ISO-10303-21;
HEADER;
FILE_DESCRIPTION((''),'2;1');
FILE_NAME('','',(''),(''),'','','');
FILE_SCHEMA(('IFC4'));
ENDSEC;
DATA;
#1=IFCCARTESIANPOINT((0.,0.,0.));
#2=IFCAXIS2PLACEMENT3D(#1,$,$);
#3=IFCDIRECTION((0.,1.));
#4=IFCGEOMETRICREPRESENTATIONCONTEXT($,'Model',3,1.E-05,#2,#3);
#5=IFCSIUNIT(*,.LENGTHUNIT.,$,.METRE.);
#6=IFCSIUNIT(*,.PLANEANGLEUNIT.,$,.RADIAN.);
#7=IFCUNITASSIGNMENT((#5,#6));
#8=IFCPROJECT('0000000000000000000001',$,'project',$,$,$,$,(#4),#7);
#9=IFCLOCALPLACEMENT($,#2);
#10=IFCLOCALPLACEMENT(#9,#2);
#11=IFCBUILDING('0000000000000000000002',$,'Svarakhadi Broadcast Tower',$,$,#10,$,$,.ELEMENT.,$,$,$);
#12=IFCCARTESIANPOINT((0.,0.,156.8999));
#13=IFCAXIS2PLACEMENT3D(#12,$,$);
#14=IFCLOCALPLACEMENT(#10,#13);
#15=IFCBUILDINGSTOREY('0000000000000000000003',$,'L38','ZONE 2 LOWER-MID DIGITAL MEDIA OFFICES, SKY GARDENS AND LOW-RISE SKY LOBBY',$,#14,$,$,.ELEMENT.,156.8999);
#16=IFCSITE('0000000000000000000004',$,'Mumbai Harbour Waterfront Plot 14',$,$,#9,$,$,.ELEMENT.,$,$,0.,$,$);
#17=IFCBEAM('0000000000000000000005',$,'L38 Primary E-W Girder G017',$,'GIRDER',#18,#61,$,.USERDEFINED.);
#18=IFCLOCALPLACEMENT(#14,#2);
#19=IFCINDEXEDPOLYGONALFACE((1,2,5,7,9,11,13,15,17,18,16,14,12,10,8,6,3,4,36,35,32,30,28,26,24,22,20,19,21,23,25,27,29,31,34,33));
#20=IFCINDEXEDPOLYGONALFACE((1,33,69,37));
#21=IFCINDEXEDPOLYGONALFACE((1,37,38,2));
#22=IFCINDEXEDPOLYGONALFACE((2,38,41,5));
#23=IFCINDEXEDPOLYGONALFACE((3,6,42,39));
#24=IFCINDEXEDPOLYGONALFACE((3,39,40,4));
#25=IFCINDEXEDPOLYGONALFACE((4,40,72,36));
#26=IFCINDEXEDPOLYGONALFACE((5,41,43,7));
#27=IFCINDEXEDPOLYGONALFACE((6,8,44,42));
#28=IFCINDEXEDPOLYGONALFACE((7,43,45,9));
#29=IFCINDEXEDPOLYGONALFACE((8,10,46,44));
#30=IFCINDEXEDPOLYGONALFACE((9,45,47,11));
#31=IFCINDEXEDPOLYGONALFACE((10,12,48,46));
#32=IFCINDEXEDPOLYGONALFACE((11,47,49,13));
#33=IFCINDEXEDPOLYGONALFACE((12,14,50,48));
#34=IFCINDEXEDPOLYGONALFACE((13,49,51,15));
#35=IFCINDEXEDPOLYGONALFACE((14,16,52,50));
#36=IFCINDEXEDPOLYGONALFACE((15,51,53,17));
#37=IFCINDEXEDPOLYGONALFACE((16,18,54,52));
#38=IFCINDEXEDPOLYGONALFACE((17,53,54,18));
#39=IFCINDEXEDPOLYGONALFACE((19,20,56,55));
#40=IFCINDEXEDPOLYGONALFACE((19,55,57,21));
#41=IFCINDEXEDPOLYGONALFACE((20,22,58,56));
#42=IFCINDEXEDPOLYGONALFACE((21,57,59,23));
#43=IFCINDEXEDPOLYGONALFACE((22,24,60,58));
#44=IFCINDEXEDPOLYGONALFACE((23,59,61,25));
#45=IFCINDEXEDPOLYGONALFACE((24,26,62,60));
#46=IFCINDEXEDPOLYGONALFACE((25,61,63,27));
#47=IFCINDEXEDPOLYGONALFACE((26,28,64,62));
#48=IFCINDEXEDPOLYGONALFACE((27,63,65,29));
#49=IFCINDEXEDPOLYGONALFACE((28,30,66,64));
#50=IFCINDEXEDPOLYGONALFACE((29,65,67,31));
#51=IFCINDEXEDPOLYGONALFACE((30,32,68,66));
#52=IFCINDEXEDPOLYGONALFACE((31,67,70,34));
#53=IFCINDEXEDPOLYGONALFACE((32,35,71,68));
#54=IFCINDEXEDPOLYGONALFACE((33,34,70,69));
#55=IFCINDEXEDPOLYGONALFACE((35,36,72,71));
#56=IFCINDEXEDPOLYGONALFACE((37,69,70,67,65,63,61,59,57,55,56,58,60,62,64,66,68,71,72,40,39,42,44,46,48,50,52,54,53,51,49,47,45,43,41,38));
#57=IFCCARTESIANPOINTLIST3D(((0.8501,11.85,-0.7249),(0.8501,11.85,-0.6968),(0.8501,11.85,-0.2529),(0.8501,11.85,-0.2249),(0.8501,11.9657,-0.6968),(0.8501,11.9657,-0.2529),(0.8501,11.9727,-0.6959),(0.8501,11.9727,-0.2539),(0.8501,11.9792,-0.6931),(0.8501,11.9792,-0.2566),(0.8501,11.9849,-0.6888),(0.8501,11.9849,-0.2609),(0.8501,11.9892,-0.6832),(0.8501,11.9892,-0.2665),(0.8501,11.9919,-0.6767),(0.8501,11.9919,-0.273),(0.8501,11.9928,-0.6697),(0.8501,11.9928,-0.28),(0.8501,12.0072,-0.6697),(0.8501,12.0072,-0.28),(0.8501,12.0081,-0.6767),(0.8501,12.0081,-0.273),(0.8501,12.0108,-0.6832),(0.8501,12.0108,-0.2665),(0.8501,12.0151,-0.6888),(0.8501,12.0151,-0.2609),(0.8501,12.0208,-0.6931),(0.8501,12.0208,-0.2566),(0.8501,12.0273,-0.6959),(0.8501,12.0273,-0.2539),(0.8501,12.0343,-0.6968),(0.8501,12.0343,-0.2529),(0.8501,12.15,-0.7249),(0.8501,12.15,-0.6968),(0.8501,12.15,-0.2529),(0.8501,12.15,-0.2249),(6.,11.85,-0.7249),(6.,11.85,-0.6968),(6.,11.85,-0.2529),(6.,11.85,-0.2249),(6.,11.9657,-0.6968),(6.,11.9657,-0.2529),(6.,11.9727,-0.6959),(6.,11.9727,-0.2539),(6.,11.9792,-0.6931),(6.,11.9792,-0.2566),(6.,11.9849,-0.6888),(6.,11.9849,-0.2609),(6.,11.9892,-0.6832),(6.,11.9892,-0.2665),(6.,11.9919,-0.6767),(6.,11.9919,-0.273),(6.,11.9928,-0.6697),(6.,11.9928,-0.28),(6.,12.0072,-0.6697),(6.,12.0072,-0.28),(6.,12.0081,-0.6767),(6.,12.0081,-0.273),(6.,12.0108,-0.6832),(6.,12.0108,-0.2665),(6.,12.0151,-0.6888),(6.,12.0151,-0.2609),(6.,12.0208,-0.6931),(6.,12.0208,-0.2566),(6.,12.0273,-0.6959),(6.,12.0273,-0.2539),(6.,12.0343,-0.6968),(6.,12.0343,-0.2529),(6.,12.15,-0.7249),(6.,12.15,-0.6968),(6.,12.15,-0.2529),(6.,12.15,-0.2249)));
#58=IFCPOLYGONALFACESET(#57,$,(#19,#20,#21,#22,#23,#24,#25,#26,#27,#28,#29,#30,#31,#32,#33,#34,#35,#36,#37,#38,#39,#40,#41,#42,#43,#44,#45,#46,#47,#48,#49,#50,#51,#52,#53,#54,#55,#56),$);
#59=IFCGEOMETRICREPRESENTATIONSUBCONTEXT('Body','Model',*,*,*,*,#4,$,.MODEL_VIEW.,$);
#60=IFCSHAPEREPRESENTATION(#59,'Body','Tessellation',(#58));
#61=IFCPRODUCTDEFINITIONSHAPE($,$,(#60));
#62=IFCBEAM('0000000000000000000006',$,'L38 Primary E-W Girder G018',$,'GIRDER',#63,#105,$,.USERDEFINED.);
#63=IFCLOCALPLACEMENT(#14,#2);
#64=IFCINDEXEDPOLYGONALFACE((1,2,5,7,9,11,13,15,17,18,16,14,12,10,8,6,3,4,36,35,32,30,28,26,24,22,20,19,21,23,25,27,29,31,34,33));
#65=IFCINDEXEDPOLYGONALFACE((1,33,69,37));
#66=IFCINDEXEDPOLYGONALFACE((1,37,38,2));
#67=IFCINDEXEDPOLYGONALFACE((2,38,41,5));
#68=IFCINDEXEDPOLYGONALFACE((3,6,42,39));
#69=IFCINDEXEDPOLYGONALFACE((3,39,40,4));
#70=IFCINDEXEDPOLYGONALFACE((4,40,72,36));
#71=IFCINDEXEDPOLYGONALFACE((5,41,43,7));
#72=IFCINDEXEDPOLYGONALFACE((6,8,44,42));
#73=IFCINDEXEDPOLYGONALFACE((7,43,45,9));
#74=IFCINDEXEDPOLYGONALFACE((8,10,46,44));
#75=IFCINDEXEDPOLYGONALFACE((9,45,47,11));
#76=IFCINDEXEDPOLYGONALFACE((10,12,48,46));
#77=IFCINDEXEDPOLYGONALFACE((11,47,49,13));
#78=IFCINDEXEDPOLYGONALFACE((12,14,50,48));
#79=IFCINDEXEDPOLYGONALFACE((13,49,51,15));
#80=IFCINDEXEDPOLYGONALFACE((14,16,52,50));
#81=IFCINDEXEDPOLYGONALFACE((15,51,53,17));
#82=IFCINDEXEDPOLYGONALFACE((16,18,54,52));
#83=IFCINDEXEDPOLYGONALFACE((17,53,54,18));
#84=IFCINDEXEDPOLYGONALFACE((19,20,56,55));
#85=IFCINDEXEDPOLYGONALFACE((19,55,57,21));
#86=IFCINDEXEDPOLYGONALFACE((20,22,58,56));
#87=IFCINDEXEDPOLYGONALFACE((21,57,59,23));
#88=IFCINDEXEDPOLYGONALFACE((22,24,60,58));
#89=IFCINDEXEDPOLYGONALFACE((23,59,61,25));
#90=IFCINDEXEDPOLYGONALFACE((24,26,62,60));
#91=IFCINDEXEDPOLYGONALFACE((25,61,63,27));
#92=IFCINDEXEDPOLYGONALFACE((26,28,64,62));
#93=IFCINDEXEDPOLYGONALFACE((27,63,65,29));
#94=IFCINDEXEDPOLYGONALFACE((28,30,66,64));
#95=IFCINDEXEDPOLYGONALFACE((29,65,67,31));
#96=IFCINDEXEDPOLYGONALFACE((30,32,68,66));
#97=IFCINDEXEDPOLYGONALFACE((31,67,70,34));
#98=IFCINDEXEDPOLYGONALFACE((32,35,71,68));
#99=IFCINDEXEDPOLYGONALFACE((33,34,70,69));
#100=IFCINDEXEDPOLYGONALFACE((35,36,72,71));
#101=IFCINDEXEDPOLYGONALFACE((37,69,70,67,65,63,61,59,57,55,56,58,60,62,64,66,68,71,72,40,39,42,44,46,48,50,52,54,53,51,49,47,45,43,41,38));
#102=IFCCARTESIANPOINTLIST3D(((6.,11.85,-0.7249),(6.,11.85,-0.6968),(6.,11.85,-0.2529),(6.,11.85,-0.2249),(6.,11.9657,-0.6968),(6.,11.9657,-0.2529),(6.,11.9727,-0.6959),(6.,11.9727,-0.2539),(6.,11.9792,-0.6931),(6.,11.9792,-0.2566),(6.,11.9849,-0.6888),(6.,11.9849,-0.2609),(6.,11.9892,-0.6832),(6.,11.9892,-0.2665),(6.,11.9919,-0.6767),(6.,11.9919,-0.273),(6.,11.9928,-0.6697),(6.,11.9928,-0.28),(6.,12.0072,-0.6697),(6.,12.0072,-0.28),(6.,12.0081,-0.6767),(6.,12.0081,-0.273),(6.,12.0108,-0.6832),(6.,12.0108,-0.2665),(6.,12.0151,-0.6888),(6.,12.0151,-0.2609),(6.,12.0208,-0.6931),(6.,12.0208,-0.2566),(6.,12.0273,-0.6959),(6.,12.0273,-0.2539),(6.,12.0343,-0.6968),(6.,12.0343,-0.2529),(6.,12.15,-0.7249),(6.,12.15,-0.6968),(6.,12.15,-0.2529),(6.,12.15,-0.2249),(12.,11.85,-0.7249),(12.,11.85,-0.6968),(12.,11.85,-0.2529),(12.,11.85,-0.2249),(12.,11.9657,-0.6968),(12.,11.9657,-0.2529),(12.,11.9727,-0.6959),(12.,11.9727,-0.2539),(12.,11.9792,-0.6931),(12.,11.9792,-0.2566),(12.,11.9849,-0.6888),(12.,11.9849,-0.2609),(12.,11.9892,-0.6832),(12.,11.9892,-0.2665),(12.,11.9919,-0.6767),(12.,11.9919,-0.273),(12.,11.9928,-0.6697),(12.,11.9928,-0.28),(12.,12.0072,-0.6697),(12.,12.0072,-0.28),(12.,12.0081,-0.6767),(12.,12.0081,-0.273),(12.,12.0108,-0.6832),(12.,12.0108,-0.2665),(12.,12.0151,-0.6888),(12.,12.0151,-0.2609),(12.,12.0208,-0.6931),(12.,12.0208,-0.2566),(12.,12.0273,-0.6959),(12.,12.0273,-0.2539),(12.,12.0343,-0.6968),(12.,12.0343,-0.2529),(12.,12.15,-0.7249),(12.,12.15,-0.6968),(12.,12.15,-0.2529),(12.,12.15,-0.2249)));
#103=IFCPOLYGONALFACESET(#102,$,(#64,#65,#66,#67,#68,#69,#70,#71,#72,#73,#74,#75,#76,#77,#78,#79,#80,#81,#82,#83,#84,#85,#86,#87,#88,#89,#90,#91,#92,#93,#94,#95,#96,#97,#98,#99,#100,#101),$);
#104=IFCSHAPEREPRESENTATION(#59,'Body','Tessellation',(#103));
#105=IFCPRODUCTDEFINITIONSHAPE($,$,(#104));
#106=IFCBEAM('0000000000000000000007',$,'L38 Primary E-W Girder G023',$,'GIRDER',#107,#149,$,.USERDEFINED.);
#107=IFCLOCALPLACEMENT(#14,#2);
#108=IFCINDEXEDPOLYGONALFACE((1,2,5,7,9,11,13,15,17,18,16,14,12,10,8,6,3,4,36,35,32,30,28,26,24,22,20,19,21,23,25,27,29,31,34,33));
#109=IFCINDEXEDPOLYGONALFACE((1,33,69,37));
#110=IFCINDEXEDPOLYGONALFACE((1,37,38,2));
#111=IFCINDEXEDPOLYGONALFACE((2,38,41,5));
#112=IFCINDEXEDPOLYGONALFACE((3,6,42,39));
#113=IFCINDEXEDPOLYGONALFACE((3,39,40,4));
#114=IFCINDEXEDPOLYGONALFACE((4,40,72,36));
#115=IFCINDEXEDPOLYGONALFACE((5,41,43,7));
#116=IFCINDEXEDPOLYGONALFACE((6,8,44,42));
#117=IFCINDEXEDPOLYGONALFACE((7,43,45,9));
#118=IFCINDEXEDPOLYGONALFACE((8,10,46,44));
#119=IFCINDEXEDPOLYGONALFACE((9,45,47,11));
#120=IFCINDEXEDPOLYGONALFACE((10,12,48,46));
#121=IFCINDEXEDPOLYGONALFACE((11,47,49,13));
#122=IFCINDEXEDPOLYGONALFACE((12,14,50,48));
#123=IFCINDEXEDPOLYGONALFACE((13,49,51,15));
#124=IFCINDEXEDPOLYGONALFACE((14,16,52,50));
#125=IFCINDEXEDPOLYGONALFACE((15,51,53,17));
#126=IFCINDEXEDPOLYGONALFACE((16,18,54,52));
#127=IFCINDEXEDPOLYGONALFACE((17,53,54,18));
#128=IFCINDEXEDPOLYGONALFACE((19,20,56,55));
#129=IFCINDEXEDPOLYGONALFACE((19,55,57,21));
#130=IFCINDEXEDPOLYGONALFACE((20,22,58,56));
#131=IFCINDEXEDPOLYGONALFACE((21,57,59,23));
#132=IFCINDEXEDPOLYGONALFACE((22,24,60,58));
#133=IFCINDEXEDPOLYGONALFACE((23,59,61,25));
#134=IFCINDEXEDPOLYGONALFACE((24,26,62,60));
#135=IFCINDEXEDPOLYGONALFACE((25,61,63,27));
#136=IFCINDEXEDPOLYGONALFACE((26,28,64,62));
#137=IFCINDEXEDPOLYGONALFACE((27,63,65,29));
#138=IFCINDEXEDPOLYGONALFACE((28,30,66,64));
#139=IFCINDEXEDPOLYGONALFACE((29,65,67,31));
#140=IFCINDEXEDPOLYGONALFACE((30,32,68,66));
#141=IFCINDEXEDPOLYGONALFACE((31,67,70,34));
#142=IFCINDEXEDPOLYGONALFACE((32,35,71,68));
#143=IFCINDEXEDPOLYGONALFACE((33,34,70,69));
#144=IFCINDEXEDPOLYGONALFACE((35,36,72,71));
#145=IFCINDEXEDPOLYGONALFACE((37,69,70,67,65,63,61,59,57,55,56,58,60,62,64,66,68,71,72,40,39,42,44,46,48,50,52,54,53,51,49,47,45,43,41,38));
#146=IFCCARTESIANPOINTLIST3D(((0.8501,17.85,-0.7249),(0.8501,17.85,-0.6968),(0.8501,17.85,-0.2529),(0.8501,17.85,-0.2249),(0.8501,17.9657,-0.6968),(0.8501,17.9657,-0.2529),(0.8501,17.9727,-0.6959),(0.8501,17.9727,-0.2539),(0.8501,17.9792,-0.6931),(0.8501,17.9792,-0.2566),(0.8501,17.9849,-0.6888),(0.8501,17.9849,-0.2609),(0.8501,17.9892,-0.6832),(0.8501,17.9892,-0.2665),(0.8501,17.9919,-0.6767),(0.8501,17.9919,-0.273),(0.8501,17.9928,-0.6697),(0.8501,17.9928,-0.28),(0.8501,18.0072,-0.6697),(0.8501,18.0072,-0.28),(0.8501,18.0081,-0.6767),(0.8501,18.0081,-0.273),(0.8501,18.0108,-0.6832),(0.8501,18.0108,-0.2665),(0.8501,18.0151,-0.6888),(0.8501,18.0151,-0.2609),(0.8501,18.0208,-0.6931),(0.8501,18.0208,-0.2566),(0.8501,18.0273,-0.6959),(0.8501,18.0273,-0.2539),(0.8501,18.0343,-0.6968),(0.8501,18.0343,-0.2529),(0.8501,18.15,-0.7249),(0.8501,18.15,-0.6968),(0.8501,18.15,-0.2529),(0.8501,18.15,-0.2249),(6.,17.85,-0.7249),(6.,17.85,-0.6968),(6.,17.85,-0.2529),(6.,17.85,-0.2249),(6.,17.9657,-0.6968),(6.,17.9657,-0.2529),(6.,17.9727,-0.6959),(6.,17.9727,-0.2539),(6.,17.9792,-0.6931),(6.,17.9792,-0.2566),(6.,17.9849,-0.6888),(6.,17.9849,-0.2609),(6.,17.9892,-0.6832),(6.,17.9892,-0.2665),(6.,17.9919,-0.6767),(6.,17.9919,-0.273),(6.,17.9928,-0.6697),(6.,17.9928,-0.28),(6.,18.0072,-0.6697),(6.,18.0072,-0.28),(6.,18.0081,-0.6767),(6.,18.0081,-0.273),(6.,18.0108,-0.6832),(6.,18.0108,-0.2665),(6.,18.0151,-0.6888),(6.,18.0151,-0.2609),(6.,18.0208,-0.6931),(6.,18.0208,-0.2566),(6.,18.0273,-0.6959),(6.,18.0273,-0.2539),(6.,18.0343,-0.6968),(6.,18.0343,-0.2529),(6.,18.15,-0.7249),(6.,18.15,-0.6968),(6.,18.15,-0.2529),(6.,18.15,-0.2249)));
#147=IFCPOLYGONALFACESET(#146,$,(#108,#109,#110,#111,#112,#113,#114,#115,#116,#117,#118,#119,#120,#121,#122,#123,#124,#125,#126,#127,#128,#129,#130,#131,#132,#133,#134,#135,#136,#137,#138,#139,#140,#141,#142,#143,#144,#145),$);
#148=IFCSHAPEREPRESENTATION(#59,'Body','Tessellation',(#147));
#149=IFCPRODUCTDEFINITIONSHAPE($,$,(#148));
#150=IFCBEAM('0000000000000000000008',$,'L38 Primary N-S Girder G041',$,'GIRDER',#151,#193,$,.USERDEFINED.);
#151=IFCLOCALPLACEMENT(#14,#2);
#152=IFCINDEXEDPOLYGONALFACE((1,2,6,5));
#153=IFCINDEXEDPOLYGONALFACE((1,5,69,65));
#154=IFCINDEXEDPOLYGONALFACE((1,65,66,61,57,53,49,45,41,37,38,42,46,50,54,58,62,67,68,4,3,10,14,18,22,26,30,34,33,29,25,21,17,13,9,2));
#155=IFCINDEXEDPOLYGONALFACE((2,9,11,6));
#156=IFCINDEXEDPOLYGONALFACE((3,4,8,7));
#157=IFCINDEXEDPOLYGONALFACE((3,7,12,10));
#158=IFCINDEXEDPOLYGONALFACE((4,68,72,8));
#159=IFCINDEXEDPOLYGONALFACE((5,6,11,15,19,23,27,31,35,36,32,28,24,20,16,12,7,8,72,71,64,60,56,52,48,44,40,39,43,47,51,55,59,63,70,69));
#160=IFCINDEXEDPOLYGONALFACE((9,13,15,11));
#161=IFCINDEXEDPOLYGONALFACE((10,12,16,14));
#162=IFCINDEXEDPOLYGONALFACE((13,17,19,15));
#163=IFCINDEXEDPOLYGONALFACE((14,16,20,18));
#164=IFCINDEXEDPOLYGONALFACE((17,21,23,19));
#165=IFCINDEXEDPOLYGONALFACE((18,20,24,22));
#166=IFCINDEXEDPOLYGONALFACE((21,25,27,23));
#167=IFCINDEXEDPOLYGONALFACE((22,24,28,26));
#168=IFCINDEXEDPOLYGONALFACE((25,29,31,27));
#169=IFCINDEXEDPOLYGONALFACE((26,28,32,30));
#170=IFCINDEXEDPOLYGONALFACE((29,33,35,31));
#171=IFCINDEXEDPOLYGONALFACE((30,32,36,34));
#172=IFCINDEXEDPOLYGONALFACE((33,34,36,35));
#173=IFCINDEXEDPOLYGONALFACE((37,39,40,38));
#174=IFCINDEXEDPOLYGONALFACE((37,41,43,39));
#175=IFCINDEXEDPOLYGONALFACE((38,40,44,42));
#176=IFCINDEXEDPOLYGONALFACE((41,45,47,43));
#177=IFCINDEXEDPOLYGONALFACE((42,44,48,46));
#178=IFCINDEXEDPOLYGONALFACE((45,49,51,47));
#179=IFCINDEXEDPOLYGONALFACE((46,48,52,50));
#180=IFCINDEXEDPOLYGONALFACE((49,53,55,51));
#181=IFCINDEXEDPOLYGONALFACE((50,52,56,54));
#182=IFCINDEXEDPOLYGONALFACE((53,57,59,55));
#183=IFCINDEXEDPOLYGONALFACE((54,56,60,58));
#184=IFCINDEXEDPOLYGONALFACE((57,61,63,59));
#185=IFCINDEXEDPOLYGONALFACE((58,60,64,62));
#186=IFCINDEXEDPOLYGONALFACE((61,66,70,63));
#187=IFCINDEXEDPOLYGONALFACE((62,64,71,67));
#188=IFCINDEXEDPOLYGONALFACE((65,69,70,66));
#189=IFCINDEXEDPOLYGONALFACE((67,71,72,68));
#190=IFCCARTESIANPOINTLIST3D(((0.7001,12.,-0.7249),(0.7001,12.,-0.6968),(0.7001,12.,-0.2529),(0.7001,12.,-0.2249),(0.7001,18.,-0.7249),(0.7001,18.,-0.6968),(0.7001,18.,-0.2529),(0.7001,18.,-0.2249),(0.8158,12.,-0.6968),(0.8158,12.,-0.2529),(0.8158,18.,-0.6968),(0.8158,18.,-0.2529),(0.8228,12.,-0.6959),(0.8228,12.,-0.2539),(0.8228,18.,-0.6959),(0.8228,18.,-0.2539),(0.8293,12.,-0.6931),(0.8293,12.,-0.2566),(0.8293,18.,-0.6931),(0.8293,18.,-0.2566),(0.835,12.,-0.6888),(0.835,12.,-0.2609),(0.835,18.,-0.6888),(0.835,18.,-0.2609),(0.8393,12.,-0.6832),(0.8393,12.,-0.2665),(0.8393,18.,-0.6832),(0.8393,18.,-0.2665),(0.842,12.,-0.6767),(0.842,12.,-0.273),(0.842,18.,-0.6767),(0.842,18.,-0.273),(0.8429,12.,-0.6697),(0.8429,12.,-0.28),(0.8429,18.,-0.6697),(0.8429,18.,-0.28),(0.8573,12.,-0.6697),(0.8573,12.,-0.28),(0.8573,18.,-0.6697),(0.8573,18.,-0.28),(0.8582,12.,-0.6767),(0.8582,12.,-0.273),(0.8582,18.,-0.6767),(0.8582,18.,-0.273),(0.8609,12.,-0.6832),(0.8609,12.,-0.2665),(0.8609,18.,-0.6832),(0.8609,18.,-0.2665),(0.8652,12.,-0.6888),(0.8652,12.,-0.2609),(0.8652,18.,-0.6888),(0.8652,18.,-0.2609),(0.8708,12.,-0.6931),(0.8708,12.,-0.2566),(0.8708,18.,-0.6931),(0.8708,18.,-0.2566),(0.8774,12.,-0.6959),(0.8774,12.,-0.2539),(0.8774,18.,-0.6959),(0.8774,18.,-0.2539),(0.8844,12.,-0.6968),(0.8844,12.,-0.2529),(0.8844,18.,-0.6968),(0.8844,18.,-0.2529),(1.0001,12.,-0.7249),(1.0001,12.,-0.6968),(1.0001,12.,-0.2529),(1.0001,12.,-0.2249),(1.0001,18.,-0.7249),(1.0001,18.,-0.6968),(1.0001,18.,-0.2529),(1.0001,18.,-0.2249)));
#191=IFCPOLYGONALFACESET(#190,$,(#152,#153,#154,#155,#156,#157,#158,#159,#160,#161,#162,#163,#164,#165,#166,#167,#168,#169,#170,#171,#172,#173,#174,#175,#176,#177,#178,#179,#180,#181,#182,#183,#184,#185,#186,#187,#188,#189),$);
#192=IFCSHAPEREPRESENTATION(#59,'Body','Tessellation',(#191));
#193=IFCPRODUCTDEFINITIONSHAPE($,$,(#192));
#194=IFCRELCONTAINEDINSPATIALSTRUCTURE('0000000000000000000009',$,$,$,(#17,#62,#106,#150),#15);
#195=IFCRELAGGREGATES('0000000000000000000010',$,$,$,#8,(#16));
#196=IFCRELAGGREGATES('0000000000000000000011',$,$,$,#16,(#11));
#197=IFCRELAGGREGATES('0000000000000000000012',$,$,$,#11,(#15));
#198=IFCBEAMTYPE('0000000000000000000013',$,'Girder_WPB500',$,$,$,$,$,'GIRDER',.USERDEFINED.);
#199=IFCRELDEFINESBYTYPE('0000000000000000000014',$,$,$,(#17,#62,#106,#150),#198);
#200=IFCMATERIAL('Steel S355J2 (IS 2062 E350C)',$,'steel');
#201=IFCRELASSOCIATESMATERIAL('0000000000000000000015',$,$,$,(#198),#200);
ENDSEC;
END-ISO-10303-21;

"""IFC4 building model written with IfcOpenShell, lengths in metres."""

from ifc_helpers import new_model, si_unit, direction, frame, origin, origin_2d, place, context, subcontext, project, spatial, i_section, extrude, material, material_profile, profile_set, type_object, element, save


model = new_model("IFC4")

# Units and contexts
model_context = context("Model", 3, precision=1e-05, world=origin(), true_north=direction((0.0, 1.0)))
body_context = subcontext(model_context, "Body", "Model", "MODEL_VIEW")
ifc_project = project(units=[si_unit("LENGTHUNIT", "METRE"), si_unit("PLANEANGLEUNIT", "RADIAN")], contexts=[model_context])

# Site, building, storey
site_placement = place(None, origin())
site = spatial("IfcSite", under=ifc_project, at=site_placement, Name="Mumbai Harbour Waterfront Plot 14", CompositionType="ELEMENT", RefElevation=0.0)
building_placement = place(site_placement, origin())
building = spatial("IfcBuilding", under=site, at=building_placement, Name="Svarakhadi Broadcast Tower", CompositionType="ELEMENT")
storey_placement = place(building_placement, frame((0.0, 0.0, 156.8999)))
storey = spatial("IfcBuildingStorey", under=building, at=storey_placement, Name="L38", Description="ZONE 2 LOWER-MID DIGITAL MEDIA OFFICES, SKY GARDENS AND LOW-RISE SKY LOBBY", CompositionType="ELEMENT", Elevation=156.8999)

# Shared definitions
ifc_material_1 = material(Name="Steel S355J2 (IS 2062 E350C)", Category="steel")

# Beams
ifc_material_profile_1 = material_profile(ifc_material_1, i_section(OverallWidth=0.3, OverallDepth=0.5, WebThickness=0.0144, FlangeThickness=0.0281, FilletRadius=0.0271, at=origin_2d()), Name="WPB 500x300x187")
ifc_profile_set_1 = profile_set([ifc_material_profile_1], Name="Steel S355J2 (IS 2062 E350C)")
beam_type_1 = type_object("IfcBeamType", Name="Girder_WPB500", ElementType="GIRDER", PredefinedType="USERDEFINED", material=ifc_profile_set_1)
beam_1_placement = place(storey_placement, frame((0.8501, 12.0, -0.4749), z_axis=(1.0, 0.0, 0.0), x_axis=(0.0, 1.0, 0.0)))
element("IfcBeam", 1, at=beam_1_placement, inside=storey, type_object=beam_type_1, Name="L38 Primary E-W Girder G017", ObjectType="GIRDER", PredefinedType="USERDEFINED", context=body_context, shape_type="SweptSolid", body=[
    extrude(i_section(OverallWidth=0.3, OverallDepth=0.5, WebThickness=0.0144, FlangeThickness=0.0281, FilletRadius=0.0271, at=origin_2d()), origin(), (0.0, 0.0, 1.0), 5.1499),
])
beam_2_placement = place(storey_placement, frame((6.0, 12.0, -0.4749), z_axis=(1.0, 0.0, 0.0), x_axis=(0.0, 1.0, 0.0)))
element("IfcBeam", 2, at=beam_2_placement, inside=storey, type_object=beam_type_1, Name="L38 Primary E-W Girder G018", ObjectType="GIRDER", PredefinedType="USERDEFINED", context=body_context, shape_type="SweptSolid", body=[
    extrude(i_section(OverallWidth=0.3, OverallDepth=0.5, WebThickness=0.0144, FlangeThickness=0.0281, FilletRadius=0.0271, at=origin_2d()), origin(), (0.0, 0.0, 1.0), 6.0),
])
beam_3_placement = place(storey_placement, frame((0.8501, 18.0, -0.4749), z_axis=(1.0, 0.0, 0.0), x_axis=(0.0, 1.0, 0.0)))
element("IfcBeam", 3, at=beam_3_placement, inside=storey, type_object=beam_type_1, Name="L38 Primary E-W Girder G023", ObjectType="GIRDER", PredefinedType="USERDEFINED", context=body_context, shape_type="SweptSolid", body=[
    extrude(i_section(OverallWidth=0.3, OverallDepth=0.5, WebThickness=0.0144, FlangeThickness=0.0281, FilletRadius=0.0271, at=origin_2d()), origin(), (0.0, 0.0, 1.0), 5.1499),
])
for number, where, z_axis, x_axis, name in (
    (4, (0.8501, 12.0, -0.4749), (0.0, 1.0, 0.0), (-1.0, 0.0, 0.0), "L38 Primary N-S Girder G041"),
):
    element("IfcBeam", number, at=place(storey_placement, frame(where, z_axis=z_axis, x_axis=x_axis)), inside=storey, type_object=beam_type_1, Name=name, ObjectType="GIRDER", PredefinedType="USERDEFINED", context=body_context, shape_type="SweptSolid", body=[
        extrude(i_section(OverallWidth=0.3, OverallDepth=0.5, WebThickness=0.0144, FlangeThickness=0.0281, FilletRadius=0.0271, at=origin_2d()), origin(), (0.0, 0.0, 1.0), 6.0),
    ])

save(model, "model.ifc")
